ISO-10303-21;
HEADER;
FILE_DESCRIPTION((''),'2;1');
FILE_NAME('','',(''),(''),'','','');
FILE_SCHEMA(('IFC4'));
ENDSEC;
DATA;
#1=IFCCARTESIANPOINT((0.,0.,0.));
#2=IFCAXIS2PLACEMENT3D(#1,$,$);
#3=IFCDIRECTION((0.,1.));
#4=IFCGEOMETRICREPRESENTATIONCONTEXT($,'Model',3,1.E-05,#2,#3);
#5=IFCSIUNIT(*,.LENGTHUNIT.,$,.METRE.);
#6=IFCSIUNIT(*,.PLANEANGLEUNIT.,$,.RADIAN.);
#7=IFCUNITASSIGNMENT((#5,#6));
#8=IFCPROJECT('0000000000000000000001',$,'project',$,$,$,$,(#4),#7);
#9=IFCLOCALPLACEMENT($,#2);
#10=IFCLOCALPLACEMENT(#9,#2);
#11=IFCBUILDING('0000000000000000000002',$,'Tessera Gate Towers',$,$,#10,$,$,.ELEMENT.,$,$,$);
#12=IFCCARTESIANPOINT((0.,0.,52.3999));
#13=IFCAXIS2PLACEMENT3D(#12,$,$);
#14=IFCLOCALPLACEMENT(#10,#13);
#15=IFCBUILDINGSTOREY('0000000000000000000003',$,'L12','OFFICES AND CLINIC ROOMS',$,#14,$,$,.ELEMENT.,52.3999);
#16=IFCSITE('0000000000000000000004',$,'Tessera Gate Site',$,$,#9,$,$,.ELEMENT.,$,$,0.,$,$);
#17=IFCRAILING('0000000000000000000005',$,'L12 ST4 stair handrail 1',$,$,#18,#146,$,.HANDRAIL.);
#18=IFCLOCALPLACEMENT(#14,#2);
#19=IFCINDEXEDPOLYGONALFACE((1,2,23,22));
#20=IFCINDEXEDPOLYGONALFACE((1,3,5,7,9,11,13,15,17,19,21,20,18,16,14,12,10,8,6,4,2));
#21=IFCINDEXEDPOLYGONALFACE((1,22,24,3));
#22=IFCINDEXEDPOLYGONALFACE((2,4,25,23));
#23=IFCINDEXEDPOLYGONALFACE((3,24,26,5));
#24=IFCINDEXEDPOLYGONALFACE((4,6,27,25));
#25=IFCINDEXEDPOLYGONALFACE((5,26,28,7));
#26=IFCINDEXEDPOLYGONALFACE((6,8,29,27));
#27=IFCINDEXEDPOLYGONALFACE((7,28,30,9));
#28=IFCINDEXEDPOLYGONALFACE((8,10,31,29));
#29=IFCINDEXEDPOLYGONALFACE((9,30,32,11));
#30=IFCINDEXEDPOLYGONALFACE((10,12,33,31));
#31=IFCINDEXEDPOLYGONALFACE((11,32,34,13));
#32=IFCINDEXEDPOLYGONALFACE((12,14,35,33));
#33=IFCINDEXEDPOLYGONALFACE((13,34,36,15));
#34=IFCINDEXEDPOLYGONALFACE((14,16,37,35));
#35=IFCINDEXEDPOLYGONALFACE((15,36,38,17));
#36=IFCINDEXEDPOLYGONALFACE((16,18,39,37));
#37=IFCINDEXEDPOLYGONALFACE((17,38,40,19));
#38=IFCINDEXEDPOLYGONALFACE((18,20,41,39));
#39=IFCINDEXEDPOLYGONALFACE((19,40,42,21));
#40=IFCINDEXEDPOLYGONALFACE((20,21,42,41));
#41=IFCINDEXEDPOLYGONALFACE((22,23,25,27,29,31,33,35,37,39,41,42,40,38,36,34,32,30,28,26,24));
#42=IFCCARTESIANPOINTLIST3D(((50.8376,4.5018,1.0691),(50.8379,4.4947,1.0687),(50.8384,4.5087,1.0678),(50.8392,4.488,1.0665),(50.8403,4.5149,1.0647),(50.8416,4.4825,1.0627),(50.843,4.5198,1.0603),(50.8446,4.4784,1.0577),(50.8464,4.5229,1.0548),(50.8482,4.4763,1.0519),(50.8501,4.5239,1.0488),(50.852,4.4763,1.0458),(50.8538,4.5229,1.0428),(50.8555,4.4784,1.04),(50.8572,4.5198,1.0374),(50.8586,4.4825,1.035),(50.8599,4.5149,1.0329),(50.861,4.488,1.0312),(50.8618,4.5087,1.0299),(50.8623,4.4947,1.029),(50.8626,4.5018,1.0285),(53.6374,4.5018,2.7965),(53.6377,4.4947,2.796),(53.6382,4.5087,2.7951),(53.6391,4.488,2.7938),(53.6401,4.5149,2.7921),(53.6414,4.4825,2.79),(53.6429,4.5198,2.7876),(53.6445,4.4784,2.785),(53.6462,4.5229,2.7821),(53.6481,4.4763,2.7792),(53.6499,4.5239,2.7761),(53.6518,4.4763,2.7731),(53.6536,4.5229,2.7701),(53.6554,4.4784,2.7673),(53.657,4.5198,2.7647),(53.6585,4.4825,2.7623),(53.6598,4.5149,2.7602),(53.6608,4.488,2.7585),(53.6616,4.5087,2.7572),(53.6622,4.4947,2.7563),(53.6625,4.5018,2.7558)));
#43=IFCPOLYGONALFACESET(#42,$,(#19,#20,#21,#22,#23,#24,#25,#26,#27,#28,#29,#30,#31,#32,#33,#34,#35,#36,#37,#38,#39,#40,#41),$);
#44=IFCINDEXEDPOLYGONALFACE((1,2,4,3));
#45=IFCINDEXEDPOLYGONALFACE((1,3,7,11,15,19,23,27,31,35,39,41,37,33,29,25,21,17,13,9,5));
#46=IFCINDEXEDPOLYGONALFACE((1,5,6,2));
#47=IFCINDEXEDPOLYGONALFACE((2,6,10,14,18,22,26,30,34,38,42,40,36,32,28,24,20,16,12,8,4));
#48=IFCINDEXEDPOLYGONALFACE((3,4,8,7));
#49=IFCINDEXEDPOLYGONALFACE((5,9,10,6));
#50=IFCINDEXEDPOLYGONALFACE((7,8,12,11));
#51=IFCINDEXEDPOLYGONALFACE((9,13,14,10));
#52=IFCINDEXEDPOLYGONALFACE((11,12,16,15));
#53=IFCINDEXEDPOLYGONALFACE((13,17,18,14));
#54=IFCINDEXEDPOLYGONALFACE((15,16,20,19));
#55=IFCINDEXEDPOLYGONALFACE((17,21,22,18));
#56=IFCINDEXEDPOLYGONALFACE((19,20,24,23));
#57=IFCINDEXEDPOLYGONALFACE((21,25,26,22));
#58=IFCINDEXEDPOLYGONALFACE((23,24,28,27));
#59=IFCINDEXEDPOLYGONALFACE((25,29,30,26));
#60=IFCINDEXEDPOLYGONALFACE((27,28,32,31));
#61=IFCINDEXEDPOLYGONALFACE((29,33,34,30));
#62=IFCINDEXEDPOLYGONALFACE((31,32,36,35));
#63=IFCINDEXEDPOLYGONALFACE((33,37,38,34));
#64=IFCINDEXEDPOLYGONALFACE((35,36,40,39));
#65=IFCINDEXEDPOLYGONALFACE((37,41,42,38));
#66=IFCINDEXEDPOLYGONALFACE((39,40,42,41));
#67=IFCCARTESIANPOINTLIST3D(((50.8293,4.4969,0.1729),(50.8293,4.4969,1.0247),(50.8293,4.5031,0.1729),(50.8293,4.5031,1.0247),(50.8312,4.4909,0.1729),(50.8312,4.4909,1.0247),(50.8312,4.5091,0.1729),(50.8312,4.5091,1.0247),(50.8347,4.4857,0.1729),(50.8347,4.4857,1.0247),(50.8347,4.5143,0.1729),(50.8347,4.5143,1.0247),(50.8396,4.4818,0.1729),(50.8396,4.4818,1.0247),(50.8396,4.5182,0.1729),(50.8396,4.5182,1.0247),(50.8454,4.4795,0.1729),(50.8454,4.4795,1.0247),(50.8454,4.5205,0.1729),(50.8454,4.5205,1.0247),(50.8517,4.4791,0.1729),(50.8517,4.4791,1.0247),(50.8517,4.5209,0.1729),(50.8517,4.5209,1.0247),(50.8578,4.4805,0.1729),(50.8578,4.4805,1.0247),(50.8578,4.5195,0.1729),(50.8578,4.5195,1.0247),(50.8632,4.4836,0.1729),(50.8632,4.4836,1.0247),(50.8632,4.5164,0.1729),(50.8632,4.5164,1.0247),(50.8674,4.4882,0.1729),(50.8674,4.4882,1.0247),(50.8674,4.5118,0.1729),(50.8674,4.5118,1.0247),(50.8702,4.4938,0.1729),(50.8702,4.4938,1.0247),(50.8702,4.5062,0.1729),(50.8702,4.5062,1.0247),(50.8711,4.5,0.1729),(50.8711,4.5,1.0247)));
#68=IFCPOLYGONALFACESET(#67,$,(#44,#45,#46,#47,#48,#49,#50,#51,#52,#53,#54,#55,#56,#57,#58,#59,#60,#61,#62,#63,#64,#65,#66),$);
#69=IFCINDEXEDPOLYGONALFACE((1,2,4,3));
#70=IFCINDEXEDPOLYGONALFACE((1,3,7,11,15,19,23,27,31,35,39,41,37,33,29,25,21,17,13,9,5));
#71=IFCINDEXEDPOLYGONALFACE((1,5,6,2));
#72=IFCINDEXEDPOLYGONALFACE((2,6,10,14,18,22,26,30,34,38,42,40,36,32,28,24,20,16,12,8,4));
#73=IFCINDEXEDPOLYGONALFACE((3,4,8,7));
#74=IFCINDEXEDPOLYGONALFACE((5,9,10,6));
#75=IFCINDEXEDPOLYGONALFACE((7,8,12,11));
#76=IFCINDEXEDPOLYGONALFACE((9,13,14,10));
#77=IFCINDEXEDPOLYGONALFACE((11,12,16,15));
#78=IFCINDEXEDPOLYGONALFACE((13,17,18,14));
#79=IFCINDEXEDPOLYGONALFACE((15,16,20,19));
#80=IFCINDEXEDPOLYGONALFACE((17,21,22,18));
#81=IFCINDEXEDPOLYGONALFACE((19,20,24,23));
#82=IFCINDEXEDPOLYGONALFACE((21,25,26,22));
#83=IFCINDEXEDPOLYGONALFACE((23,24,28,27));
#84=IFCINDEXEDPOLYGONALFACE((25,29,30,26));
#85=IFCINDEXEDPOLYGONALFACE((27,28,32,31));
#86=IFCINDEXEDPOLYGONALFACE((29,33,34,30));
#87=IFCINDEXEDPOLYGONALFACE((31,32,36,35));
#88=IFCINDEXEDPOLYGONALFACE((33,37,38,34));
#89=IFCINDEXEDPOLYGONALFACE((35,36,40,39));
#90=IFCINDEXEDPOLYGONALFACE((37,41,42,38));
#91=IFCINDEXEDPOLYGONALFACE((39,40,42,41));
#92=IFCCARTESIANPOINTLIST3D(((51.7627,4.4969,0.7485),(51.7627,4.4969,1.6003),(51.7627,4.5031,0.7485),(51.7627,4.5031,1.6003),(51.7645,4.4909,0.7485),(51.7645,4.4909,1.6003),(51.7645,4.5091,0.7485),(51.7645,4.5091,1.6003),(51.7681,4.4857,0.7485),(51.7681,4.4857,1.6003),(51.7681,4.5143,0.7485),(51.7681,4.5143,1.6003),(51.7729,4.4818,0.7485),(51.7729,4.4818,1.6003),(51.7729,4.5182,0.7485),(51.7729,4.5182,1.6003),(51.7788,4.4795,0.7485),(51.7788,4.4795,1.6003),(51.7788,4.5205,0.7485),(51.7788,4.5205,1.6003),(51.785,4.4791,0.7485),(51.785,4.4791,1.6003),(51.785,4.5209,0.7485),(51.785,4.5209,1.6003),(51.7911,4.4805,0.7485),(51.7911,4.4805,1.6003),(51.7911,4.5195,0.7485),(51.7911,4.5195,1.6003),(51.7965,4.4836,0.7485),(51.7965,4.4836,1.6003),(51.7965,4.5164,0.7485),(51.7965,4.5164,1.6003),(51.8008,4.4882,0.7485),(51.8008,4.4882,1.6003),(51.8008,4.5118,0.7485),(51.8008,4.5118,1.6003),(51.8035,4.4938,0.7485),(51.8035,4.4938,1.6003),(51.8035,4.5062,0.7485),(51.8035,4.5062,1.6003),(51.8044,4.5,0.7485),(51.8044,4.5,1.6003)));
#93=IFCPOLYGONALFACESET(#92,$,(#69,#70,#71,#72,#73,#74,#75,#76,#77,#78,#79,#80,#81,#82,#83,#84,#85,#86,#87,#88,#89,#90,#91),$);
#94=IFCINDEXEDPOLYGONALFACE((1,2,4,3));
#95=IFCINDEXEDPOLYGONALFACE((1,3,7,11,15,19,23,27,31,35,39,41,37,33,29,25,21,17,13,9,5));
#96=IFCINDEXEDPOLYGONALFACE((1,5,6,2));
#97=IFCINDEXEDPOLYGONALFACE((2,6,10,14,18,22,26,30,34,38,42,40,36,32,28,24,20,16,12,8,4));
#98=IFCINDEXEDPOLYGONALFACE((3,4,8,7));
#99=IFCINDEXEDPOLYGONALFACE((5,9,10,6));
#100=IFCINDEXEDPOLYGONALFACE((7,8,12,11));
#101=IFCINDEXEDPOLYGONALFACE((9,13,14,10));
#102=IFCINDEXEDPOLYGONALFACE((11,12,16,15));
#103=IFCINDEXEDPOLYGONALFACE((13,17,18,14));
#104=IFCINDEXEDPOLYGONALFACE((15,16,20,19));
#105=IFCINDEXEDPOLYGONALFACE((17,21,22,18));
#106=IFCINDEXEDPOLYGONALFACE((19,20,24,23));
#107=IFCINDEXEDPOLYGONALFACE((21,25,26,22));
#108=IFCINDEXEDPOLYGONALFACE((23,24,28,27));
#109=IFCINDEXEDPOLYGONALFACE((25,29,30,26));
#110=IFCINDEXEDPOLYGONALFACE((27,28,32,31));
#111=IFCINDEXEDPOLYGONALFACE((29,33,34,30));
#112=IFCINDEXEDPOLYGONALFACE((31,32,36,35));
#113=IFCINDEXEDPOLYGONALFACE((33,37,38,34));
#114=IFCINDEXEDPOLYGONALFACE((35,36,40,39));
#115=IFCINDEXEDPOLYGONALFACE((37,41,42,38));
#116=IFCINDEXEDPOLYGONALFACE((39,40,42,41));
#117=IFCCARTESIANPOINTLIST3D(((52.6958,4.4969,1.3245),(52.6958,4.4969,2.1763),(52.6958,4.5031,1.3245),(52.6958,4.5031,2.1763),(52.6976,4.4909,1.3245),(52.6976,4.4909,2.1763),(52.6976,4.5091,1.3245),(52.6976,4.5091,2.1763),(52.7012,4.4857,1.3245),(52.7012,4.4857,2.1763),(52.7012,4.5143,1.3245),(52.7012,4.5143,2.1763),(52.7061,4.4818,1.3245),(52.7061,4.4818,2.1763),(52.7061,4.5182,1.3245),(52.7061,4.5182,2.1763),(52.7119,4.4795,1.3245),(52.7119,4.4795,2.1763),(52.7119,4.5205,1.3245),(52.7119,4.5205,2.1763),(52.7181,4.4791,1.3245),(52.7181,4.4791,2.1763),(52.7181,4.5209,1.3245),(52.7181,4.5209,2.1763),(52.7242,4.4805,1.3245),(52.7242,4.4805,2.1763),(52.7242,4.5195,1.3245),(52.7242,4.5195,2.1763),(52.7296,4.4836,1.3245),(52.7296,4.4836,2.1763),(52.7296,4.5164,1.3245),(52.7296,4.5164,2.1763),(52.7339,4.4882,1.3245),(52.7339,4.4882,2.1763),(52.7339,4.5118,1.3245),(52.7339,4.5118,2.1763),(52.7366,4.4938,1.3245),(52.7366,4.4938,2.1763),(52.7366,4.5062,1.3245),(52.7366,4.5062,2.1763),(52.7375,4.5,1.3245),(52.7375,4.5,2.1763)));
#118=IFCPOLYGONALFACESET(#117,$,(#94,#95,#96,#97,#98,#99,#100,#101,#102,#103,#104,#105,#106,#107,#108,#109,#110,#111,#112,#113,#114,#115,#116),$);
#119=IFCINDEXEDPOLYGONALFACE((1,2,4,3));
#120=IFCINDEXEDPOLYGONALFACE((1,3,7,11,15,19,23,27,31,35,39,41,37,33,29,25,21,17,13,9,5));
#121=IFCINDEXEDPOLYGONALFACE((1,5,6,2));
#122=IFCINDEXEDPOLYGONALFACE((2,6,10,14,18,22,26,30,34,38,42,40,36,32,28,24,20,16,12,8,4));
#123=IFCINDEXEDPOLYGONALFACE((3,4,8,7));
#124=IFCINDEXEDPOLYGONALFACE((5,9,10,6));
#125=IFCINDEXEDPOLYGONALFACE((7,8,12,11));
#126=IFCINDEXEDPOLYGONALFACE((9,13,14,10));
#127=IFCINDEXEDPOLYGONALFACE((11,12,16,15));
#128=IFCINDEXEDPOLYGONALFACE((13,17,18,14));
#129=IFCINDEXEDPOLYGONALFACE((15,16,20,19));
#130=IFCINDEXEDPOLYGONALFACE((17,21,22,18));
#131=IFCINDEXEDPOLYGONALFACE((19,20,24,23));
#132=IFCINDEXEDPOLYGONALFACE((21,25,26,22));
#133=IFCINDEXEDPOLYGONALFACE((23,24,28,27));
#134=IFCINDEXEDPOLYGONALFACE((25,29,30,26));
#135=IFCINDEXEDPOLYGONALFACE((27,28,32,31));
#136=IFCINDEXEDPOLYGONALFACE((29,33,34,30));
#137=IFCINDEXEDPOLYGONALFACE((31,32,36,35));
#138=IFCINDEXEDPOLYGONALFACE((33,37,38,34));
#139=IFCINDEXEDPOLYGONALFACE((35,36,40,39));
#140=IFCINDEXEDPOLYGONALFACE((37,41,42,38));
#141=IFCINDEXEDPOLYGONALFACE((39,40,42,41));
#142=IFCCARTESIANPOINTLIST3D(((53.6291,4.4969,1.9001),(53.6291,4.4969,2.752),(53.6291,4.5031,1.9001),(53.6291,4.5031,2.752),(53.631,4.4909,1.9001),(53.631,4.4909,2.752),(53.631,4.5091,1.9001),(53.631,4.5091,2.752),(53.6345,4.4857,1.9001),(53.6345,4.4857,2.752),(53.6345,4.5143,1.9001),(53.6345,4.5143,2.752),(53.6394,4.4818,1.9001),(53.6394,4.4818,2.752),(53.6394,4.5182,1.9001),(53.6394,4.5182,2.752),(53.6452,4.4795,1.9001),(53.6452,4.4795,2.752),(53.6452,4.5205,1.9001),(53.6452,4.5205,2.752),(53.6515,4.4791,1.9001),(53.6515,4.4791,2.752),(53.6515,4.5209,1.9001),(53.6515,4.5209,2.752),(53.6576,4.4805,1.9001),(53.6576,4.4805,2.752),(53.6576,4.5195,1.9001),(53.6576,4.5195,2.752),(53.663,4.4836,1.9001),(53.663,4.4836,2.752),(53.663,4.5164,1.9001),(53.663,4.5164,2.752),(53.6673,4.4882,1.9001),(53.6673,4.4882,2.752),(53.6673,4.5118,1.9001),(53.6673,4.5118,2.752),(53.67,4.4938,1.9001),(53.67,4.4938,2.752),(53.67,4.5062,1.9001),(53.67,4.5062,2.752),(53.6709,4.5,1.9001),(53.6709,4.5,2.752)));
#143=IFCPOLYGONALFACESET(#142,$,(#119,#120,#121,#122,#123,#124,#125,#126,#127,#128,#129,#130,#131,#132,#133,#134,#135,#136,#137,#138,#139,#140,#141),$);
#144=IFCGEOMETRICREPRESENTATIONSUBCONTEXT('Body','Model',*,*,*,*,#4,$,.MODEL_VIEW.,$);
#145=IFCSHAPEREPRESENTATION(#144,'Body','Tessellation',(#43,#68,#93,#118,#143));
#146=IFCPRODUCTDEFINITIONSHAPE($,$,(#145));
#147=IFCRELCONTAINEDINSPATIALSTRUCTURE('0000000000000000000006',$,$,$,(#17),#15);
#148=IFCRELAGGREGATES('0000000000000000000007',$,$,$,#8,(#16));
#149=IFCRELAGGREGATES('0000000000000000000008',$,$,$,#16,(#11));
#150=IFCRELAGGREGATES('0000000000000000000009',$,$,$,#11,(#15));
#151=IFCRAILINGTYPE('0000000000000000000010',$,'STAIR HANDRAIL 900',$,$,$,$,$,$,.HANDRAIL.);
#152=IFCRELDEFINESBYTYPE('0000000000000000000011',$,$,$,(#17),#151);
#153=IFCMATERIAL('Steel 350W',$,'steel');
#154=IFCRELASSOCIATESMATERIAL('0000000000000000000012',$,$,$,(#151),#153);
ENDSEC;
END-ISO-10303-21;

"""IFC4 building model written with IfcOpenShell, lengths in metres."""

from ifc_helpers import new_model, si_unit, direction, frame, origin, origin_2d, place, context, subcontext, project, spatial, circle, extrude, material, type_object, element, save


model = new_model("IFC4")

# Units and contexts
model_context = context("Model", 3, precision=1e-05, world=origin(), true_north=direction((0.0, 1.0)))
body_context = subcontext(model_context, "Body", "Model", "MODEL_VIEW")
ifc_project = project(units=[si_unit("LENGTHUNIT", "METRE"), si_unit("PLANEANGLEUNIT", "RADIAN")], contexts=[model_context])

# Site, building, storey
site_placement = place(None, origin())
site = spatial("IfcSite", under=ifc_project, at=site_placement, Name="Tessera Gate Site", CompositionType="ELEMENT", RefElevation=0.0)
building_placement = place(site_placement, origin())
building = spatial("IfcBuilding", under=site, at=building_placement, Name="Tessera Gate Towers", CompositionType="ELEMENT")
storey_placement = place(building_placement, frame((0.0, 0.0, 52.3999)))
storey = spatial("IfcBuildingStorey", under=building, at=storey_placement, Name="L12", Description="OFFICES AND CLINIC ROOMS", CompositionType="ELEMENT", Elevation=52.3999)

# Railing
ifc_material_1 = material(Name="Steel 350W", Category="steel")
railing_type = type_object("IfcRailingType", Name="STAIR HANDRAIL 900", PredefinedType="HANDRAIL", material=ifc_material_1)
railing_1_placement = place(storey_placement, frame((50.8501, 4.5, 0.1729)))
element("IfcRailing", 1, at=railing_1_placement, inside=storey, type_object=railing_type, Name="L12 ST4 stair handrail 1", PredefinedType="HANDRAIL", context=body_context, shape_type="SweptSolid", body=[
    extrude(circle(Radius=0.0239, at=origin_2d()), frame((0.0, 0.0, 0.876), z_axis=(0.851069, 0.0, 0.525054), x_axis=(0.0, 1.0, 0.0)), (0.0, 0.0, 1.0), 3.2898),
    extrude(circle(Radius=0.021, at=origin_2d()), origin(), (0.0, 0.0, 1.0), 0.8518),
    extrude(circle(Radius=0.021, at=origin_2d()), frame((0.9333, 0.0, 0.5757)), (0.0, 0.0, 1.0), 0.8518),
    extrude(circle(Radius=0.021, at=origin_2d()), frame((1.8665, 0.0, 1.1516)), (0.0, 0.0, 1.0), 0.8518),
    extrude(circle(Radius=0.021, at=origin_2d()), frame((2.7998, 0.0, 1.7273)), (0.0, 0.0, 1.0), 0.8518),
])

save(model, "model.ifc")
